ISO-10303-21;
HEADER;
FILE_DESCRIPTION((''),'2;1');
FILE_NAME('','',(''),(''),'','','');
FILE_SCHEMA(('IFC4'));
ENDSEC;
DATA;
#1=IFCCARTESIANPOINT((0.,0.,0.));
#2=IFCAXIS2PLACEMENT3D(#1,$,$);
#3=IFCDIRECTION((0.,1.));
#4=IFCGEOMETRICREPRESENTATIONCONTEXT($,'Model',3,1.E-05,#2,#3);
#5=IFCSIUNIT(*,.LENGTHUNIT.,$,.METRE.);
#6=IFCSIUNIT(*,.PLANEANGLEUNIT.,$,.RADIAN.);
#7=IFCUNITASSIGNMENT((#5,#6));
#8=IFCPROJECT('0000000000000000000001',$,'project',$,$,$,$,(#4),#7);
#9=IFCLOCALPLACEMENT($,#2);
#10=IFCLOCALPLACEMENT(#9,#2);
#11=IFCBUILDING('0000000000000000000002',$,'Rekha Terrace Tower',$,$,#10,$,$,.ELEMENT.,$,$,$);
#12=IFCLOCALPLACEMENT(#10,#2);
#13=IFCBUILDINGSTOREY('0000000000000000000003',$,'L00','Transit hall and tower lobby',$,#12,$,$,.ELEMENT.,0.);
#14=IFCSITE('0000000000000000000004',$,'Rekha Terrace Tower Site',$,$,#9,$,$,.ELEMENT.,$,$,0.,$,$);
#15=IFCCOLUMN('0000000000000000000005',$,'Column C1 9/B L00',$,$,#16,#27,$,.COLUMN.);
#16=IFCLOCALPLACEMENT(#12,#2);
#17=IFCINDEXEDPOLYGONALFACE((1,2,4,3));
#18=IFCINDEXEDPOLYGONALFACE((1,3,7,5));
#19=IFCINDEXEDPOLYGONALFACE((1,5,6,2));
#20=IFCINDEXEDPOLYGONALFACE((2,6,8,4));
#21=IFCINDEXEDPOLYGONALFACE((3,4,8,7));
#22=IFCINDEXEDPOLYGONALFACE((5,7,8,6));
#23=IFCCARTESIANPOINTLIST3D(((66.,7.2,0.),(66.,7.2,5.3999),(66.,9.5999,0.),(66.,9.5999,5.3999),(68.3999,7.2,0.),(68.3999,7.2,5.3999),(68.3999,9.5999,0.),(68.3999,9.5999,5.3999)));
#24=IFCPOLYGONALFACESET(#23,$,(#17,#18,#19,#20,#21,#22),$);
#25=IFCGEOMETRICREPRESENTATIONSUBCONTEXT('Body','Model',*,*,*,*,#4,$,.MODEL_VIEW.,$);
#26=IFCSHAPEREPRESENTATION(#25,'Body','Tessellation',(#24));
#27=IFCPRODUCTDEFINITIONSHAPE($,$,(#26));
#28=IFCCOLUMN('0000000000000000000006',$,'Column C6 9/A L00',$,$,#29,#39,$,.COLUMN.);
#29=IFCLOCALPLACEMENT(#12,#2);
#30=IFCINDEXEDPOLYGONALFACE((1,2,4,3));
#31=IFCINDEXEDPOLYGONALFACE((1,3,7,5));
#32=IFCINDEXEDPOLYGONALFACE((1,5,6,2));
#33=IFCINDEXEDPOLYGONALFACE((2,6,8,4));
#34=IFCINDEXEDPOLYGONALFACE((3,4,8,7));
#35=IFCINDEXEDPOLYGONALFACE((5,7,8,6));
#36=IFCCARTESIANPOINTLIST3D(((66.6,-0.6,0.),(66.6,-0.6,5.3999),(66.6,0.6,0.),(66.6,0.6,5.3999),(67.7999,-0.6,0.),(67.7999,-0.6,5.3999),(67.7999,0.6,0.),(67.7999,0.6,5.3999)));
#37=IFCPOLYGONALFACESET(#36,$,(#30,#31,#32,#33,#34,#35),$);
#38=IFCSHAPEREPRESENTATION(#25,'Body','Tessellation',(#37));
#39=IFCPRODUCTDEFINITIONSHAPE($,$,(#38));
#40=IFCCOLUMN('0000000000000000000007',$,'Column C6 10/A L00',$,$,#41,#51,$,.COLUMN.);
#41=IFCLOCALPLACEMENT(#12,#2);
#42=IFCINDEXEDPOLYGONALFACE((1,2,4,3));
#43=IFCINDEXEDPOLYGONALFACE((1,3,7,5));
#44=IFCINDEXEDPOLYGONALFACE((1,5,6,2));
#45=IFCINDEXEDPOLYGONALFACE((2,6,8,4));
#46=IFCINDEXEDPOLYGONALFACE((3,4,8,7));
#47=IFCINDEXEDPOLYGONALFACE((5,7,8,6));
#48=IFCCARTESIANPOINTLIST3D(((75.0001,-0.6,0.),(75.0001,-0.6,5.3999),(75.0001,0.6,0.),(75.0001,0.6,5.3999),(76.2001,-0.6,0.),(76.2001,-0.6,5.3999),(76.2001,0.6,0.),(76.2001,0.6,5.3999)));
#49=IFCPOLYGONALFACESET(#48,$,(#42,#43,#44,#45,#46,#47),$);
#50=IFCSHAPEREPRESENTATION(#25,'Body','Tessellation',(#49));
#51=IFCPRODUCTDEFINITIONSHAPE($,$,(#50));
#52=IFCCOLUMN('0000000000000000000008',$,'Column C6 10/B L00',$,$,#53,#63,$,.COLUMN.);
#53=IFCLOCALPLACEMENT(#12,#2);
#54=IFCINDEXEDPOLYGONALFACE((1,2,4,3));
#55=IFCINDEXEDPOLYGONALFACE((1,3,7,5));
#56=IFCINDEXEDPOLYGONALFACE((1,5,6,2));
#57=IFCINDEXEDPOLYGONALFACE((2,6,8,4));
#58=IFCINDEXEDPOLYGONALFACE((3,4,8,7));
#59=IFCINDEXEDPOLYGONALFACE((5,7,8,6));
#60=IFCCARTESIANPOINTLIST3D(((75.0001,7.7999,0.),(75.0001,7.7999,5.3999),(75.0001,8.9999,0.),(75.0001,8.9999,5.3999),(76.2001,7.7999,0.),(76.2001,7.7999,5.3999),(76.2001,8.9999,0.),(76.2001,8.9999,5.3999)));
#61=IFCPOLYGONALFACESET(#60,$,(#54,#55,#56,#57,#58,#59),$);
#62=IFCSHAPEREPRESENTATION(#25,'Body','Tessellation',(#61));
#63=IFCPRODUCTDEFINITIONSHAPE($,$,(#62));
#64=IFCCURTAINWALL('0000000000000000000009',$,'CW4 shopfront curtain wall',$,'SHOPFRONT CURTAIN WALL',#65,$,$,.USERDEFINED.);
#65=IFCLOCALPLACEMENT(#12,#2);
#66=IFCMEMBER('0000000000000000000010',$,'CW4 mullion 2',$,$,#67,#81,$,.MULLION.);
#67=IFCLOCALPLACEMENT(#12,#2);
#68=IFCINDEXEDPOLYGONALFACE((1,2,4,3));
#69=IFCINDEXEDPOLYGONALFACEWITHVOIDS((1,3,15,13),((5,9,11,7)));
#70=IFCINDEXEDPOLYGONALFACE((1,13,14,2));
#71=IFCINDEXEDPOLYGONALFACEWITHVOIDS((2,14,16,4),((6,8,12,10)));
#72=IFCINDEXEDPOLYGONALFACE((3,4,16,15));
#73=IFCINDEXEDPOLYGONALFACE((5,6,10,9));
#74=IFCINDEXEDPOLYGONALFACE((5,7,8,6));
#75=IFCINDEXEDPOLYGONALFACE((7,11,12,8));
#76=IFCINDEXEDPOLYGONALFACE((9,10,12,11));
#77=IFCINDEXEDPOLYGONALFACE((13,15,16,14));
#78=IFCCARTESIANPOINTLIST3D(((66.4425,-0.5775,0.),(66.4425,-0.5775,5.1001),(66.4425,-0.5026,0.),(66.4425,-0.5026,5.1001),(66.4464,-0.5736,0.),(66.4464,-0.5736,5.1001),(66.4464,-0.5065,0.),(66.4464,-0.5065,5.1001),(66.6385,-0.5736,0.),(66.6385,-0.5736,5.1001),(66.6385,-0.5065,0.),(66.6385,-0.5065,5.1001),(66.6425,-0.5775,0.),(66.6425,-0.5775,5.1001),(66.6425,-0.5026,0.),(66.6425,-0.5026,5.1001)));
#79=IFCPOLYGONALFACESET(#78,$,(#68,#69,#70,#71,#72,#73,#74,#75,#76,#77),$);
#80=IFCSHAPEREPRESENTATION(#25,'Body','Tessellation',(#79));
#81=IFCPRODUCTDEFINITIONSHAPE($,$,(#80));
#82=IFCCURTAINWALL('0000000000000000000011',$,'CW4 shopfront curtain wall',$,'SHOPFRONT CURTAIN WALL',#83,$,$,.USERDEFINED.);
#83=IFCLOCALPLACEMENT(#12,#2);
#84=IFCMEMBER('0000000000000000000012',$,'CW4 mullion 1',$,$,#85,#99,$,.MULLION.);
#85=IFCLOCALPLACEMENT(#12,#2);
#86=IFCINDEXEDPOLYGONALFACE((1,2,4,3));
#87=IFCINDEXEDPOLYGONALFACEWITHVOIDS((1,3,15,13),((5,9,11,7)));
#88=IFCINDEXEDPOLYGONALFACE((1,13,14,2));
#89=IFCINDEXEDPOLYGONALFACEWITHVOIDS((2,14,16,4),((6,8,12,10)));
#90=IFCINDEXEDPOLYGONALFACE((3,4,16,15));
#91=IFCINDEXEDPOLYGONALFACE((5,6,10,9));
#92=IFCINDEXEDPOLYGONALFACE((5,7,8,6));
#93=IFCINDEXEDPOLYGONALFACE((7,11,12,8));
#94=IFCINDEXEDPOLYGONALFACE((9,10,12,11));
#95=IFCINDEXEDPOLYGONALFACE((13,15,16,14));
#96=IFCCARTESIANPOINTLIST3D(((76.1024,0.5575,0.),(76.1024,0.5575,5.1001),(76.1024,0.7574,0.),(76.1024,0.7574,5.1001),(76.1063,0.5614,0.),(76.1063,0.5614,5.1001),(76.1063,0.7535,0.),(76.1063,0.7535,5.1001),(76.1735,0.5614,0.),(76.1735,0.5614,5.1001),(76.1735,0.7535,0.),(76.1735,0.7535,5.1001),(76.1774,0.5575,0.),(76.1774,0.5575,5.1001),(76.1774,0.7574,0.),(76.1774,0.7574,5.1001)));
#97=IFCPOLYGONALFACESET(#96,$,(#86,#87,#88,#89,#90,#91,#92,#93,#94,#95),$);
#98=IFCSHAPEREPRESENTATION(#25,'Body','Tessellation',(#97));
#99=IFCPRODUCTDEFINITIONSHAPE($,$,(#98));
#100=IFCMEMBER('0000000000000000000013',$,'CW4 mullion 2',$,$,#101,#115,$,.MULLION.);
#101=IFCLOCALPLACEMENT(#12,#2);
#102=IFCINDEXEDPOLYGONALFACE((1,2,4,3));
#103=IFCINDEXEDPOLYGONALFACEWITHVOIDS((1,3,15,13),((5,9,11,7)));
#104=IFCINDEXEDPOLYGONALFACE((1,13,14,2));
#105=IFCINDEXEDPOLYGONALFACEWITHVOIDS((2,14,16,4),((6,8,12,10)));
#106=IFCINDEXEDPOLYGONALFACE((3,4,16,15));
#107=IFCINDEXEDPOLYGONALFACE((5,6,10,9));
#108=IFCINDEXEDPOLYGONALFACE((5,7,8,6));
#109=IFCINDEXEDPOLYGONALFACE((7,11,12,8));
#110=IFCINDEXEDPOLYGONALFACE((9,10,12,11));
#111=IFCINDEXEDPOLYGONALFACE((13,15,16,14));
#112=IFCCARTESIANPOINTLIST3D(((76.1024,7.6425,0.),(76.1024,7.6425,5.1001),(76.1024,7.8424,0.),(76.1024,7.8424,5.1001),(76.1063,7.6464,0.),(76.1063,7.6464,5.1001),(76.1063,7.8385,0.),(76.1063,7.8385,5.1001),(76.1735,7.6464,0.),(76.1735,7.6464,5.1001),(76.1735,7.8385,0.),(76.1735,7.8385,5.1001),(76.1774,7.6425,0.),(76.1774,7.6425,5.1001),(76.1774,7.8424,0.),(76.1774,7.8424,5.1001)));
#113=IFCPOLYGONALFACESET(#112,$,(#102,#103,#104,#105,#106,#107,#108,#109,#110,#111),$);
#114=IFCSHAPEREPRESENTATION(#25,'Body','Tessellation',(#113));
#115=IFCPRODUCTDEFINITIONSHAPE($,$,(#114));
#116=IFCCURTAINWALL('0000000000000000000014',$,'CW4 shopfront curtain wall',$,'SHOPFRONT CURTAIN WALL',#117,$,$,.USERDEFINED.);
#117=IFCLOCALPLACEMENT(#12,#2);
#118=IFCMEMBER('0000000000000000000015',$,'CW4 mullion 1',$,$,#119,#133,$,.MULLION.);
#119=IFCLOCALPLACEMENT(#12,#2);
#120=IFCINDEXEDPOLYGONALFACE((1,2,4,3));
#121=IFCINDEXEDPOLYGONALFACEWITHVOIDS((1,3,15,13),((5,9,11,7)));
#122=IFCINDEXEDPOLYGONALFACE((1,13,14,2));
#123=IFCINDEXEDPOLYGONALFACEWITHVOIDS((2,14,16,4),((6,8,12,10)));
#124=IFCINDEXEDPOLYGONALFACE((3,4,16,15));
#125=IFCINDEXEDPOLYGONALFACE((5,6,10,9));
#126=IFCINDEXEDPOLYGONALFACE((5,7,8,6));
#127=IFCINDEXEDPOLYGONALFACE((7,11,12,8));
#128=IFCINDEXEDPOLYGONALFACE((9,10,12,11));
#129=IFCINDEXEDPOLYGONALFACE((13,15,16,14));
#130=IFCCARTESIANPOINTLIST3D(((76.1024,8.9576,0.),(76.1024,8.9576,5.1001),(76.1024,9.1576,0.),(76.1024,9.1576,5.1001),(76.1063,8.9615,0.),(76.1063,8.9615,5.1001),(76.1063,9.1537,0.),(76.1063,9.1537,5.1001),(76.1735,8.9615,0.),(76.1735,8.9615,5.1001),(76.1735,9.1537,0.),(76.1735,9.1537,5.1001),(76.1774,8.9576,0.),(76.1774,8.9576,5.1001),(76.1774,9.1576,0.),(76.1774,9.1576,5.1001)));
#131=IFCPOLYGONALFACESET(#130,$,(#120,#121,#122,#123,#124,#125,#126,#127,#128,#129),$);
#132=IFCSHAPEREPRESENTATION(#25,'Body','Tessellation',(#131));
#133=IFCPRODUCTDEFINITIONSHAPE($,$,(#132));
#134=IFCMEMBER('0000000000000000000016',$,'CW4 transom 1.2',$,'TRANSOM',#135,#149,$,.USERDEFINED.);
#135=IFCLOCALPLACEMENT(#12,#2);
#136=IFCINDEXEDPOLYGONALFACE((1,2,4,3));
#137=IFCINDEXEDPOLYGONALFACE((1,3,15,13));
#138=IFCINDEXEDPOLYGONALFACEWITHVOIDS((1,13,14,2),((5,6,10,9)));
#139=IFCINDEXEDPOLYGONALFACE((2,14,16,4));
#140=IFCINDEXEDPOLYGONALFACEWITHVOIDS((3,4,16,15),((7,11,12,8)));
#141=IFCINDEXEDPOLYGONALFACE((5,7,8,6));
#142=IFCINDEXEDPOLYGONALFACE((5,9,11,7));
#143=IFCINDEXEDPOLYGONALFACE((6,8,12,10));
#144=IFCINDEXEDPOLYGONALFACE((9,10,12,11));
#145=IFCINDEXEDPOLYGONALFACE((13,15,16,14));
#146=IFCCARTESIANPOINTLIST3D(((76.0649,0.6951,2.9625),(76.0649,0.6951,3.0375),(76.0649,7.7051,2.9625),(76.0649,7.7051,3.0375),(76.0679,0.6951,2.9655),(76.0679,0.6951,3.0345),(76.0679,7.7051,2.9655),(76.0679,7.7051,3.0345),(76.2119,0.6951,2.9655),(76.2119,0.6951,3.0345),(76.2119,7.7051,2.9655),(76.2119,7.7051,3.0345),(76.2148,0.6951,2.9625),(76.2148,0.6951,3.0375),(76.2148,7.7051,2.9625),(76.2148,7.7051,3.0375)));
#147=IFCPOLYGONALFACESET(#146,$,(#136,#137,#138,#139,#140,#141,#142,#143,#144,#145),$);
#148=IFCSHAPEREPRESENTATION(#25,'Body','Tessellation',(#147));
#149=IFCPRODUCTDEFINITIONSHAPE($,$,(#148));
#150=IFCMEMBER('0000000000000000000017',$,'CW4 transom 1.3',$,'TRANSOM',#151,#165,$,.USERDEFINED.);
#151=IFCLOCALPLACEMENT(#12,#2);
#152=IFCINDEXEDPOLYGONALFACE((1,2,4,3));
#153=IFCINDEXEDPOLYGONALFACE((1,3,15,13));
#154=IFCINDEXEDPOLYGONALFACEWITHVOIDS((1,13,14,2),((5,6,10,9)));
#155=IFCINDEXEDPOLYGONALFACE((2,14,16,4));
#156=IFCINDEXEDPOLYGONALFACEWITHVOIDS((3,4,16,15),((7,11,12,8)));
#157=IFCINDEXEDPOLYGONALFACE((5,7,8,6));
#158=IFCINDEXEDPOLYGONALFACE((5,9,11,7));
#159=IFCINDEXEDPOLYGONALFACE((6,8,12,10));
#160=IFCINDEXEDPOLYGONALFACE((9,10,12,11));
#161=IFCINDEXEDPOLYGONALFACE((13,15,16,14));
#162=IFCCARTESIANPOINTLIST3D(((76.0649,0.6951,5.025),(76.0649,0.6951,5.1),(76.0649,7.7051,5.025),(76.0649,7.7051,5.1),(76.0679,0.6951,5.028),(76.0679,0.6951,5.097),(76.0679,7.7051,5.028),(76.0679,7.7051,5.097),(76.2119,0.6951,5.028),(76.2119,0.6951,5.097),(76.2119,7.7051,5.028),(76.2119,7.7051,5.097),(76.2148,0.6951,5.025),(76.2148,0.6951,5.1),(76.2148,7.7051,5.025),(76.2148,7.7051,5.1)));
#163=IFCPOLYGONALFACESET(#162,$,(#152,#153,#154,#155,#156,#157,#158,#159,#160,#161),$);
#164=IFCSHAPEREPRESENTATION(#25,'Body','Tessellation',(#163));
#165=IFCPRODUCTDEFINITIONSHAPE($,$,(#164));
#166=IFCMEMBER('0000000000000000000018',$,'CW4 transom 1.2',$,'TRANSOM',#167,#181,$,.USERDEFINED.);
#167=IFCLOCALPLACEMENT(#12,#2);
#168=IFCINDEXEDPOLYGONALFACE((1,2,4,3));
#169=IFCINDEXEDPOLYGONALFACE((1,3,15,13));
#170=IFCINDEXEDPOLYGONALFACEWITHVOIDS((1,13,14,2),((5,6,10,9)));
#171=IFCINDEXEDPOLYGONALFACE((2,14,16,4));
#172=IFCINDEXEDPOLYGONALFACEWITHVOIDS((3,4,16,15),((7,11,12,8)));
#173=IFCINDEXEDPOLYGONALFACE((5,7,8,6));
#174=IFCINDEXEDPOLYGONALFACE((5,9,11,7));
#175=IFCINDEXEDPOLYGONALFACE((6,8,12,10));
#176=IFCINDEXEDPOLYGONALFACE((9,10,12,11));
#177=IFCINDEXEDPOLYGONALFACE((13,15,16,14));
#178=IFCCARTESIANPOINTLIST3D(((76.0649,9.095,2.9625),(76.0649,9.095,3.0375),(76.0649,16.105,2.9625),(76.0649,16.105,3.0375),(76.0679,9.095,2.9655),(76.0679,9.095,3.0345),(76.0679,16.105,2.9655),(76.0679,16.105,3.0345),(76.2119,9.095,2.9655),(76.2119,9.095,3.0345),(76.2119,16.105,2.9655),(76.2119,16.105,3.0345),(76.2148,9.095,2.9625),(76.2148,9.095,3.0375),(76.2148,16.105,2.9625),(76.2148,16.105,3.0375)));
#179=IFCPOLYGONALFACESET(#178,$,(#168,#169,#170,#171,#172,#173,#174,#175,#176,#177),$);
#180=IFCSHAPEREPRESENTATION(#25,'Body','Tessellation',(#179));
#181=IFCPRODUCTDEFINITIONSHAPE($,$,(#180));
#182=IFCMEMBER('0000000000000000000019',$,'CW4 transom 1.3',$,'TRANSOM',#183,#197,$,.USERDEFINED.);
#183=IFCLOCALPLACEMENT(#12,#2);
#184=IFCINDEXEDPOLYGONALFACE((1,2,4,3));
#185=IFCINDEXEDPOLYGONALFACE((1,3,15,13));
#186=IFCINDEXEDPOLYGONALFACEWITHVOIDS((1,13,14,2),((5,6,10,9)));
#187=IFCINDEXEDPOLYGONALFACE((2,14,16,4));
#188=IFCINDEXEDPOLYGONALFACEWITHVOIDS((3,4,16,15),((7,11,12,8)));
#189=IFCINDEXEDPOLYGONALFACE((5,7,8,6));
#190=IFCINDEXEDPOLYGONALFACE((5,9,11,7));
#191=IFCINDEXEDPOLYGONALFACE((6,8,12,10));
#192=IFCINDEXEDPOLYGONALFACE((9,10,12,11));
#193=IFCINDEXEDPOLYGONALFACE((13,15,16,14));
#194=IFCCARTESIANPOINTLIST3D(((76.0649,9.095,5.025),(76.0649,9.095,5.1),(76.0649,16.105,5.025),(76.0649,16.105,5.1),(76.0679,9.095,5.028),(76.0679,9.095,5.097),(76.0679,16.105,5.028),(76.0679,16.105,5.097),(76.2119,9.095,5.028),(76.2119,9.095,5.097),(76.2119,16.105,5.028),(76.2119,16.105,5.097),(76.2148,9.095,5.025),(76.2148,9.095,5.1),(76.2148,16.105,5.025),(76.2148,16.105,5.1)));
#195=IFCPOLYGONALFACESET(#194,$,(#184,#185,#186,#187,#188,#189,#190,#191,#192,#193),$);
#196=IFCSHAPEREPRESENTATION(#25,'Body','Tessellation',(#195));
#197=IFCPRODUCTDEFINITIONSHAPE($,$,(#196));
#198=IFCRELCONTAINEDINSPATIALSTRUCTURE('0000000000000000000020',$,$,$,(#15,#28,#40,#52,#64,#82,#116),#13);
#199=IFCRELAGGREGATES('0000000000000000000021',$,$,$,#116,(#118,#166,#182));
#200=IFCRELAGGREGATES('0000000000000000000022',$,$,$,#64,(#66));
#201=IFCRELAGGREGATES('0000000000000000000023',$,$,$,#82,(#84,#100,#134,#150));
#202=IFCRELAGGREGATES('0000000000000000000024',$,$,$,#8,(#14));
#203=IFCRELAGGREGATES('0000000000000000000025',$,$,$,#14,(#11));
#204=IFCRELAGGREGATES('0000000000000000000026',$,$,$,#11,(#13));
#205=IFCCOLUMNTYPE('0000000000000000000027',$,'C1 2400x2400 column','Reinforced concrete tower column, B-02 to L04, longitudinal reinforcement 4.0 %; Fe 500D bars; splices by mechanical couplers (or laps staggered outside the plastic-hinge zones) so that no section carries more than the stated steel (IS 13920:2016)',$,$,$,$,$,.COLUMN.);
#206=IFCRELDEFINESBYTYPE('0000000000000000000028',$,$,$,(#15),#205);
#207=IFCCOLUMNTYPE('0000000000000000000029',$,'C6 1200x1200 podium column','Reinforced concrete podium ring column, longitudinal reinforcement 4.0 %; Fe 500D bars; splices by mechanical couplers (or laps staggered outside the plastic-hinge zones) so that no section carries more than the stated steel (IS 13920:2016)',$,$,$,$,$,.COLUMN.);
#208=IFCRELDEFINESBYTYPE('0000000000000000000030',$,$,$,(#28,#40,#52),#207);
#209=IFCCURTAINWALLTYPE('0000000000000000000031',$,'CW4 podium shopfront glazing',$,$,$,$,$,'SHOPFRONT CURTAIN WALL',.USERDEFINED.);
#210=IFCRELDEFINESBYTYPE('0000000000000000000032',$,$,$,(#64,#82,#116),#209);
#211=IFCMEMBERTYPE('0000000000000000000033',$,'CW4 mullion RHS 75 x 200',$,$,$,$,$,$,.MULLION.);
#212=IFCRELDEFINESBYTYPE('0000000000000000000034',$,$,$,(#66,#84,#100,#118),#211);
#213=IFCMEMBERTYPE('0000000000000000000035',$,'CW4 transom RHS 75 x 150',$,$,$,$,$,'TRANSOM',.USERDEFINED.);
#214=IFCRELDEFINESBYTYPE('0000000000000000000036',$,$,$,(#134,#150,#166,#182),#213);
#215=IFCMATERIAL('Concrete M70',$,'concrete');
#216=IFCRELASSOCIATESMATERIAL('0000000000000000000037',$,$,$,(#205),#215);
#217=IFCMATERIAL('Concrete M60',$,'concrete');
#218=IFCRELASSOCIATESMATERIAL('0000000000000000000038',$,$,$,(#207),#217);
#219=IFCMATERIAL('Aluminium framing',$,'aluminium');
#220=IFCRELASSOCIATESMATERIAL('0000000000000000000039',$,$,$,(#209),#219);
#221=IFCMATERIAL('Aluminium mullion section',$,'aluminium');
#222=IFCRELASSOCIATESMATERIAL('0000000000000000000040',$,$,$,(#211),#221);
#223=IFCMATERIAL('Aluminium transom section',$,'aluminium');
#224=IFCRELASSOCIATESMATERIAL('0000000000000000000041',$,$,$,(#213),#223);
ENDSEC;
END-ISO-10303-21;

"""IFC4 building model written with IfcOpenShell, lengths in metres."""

from ifc_helpers import new_model, si_unit, direction, frame, origin, origin_2d, place, context, subcontext, project, spatial, rectangle, hollow_rectangle, extrude, material, material_profile, profile_set, type_object, element, aggregate, save


model = new_model("IFC4")

# Units and contexts
model_context = context("Model", 3, precision=1e-05, world=origin(), true_north=direction((0.0, 1.0)))
body_context = subcontext(model_context, "Body", "Model", "MODEL_VIEW")
ifc_project = project(units=[si_unit("LENGTHUNIT", "METRE"), si_unit("PLANEANGLEUNIT", "RADIAN")], contexts=[model_context])

# Site, building, storey
site_placement = place(None, origin())
site = spatial("IfcSite", under=ifc_project, at=site_placement, Name="Rekha Terrace Tower Site", CompositionType="ELEMENT", RefElevation=0.0)
building_placement = place(site_placement, origin())
building = spatial("IfcBuilding", under=site, at=building_placement, Name="Rekha Terrace Tower", CompositionType="ELEMENT")
storey_placement = place(building_placement, origin())
storey = spatial("IfcBuildingStorey", under=building, at=storey_placement, Name="L00", Description="Transit hall and tower lobby", CompositionType="ELEMENT", Elevation=0.0)

# Columns
ifc_material_1 = material(Name="Concrete M70", Category="concrete")
ifc_material_profile_1 = material_profile(ifc_material_1, rectangle(XDim=2.3999, YDim=2.3999, at=origin_2d()), Name="RC 2400x2400")
ifc_profile_set_1 = profile_set([ifc_material_profile_1], Name="Concrete M70")
column_type_1 = type_object("IfcColumnType", Name="C1 2400x2400 column", Description="Reinforced concrete tower column, B-02 to L04, longitudinal reinforcement 4.0 %; Fe 500D bars; splices by mechanical couplers (or laps staggered outside the plastic-hinge zones) so that no section carries more than the stated steel (IS 13920:2016)", PredefinedType="COLUMN", material=ifc_profile_set_1)
column_placement = place(storey_placement, frame((67.2, 8.3999, 0.0), z_axis=(0.0, 0.0, 1.0), x_axis=(1.0, 0.0, 0.0)))
element("IfcColumn", 1, at=column_placement, inside=storey, type_object=column_type_1, Name="Column C1 9/B L00", PredefinedType="COLUMN", context=body_context, shape_type="SweptSolid", body=[
    extrude(rectangle(XDim=2.3999, YDim=2.3999, at=origin_2d()), origin(), (0.0, 0.0, 1.0), 5.3999),
])
ifc_material_2 = material(Name="Concrete M60", Category="concrete")
ifc_material_profile_2 = material_profile(ifc_material_2, rectangle(XDim=1.2, YDim=1.2, at=origin_2d()), Name="RC 1200x1200")
ifc_profile_set_2 = profile_set([ifc_material_profile_2], Name="Concrete M60")
column_type_2 = type_object("IfcColumnType", Name="C6 1200x1200 podium column", Description="Reinforced concrete podium ring column, longitudinal reinforcement 4.0 %; Fe 500D bars; splices by mechanical couplers (or laps staggered outside the plastic-hinge zones) so that no section carries more than the stated steel (IS 13920:2016)", PredefinedType="COLUMN", material=ifc_profile_set_2)
for number, where, z_axis, x_axis, name in (
    (2, (67.2, 0.0, 0.0), (0.0, 0.0, 1.0), (1.0, 0.0, 0.0), "Column C6 9/A L00"),
    (3, (75.6001, 0.0, 0.0), (0.0, 0.0, 1.0), (1.0, 0.0, 0.0), "Column C6 10/A L00"),
    (4, (75.6001, 8.3999, 0.0), (0.0, 0.0, 1.0), (1.0, 0.0, 0.0), "Column C6 10/B L00"),
):
    element("IfcColumn", number, at=place(storey_placement, frame(where, z_axis=z_axis, x_axis=x_axis)), inside=storey, type_object=column_type_2, Name=name, PredefinedType="COLUMN", context=body_context, shape_type="SweptSolid", body=[
        extrude(rectangle(XDim=1.2, YDim=1.2, at=origin_2d()), origin(), (0.0, 0.0, 1.0), 5.3999),
    ])

# Curtain wall, member
ifc_material_3 = material(Name="Aluminium framing", Category="aluminium")
curtain_wall_type = type_object("IfcCurtainWallType", Name="CW4 podium shopfront glazing", ElementType="SHOPFRONT CURTAIN WALL", PredefinedType="USERDEFINED", material=ifc_material_3)
curtain_wall_1_placement = place(storey_placement, origin())
curtain_wall_1 = element("IfcCurtainWall", 5, at=curtain_wall_1_placement, inside=storey, type_object=curtain_wall_type, Name="CW4 shopfront curtain wall", ObjectType="SHOPFRONT CURTAIN WALL", PredefinedType="USERDEFINED")
ifc_material_4 = material(Name="Aluminium mullion section", Category="aluminium")
ifc_material_profile_3 = material_profile(ifc_material_4, hollow_rectangle(XDim=0.075, YDim=0.2, WallThickness=0.0039, at=origin_2d()), Name="AL RHS 75x200")
ifc_profile_set_3 = profile_set([ifc_material_profile_3], Name="Aluminium mullion section")
member_type_1 = type_object("IfcMemberType", Name="CW4 mullion RHS 75 x 200", PredefinedType="MULLION", material=ifc_profile_set_3)
member_1_placement = place(storey_placement, frame((66.5425, -0.54, 0.0), z_axis=(0.0, 0.0, 1.0), x_axis=(0.0, 1.0, 0.0)))
member_1 = element("IfcMember", 6, at=member_1_placement, type_object=member_type_1, Name="CW4 mullion 2", PredefinedType="MULLION", context=body_context, shape_type="SweptSolid", body=[
    extrude(hollow_rectangle(XDim=0.075, YDim=0.2, WallThickness=0.0039, at=origin_2d()), origin(), (0.0, 0.0, 1.0), 5.1001),
])

# Curtain wall, members
curtain_wall_2_placement = place(storey_placement, origin())
curtain_wall_2 = element("IfcCurtainWall", 7, at=curtain_wall_2_placement, inside=storey, type_object=curtain_wall_type, Name="CW4 shopfront curtain wall", ObjectType="SHOPFRONT CURTAIN WALL", PredefinedType="USERDEFINED")
member_2_placement = place(storey_placement, frame((76.1399, 0.6575, 0.0), z_axis=(0.0, 0.0, 1.0), x_axis=(-1.0, 0.0, 0.0)))
member_2 = element("IfcMember", 8, at=member_2_placement, type_object=member_type_1, Name="CW4 mullion 1", PredefinedType="MULLION", context=body_context, shape_type="SweptSolid", body=[
    extrude(hollow_rectangle(XDim=0.075, YDim=0.2, WallThickness=0.0039, at=origin_2d()), origin(), (0.0, 0.0, 1.0), 5.1001),
])
member_3_placement = place(storey_placement, frame((76.1399, 7.7424, 0.0), z_axis=(0.0, 0.0, 1.0), x_axis=(-1.0, 0.0, 0.0)))
member_3 = element("IfcMember", 9, at=member_3_placement, type_object=member_type_1, Name="CW4 mullion 2", PredefinedType="MULLION", context=body_context, shape_type="SweptSolid", body=[
    extrude(hollow_rectangle(XDim=0.075, YDim=0.2, WallThickness=0.0039, at=origin_2d()), origin(), (0.0, 0.0, 1.0), 5.1001),
])

# Curtain wall, member
curtain_wall_3_placement = place(storey_placement, origin())
curtain_wall_3 = element("IfcCurtainWall", 10, at=curtain_wall_3_placement, inside=storey, type_object=curtain_wall_type, Name="CW4 shopfront curtain wall", ObjectType="SHOPFRONT CURTAIN WALL", PredefinedType="USERDEFINED")
member_4_placement = place(storey_placement, frame((76.1399, 9.0576, 0.0), z_axis=(0.0, 0.0, 1.0), x_axis=(-1.0, 0.0, 0.0)))
member_4 = element("IfcMember", 11, at=member_4_placement, type_object=member_type_1, Name="CW4 mullion 1", PredefinedType="MULLION", context=body_context, shape_type="SweptSolid", body=[
    extrude(hollow_rectangle(XDim=0.075, YDim=0.2, WallThickness=0.0039, at=origin_2d()), origin(), (0.0, 0.0, 1.0), 5.1001),
])

# Members
ifc_material_5 = material(Name="Aluminium transom section", Category="aluminium")
ifc_material_profile_4 = material_profile(ifc_material_5, hollow_rectangle(XDim=0.1499, YDim=0.075, WallThickness=0.0029, at=origin_2d()), Name="AL RHS 150x75")
ifc_profile_set_4 = profile_set([ifc_material_profile_4], Name="Aluminium transom section")
member_type_2 = type_object("IfcMemberType", Name="CW4 transom RHS 75 x 150", ElementType="TRANSOM", PredefinedType="USERDEFINED", material=ifc_profile_set_4)
member_5_placement = place(storey_placement, frame((76.1399, 0.6951, 3.0), z_axis=(0.0, 1.0, 0.0), x_axis=(-1.0, 0.0, 0.0)))
member_5 = element("IfcMember", 12, at=member_5_placement, type_object=member_type_2, Name="CW4 transom 1.2", ObjectType="TRANSOM", PredefinedType="USERDEFINED", context=body_context, shape_type="SweptSolid", body=[
    extrude(hollow_rectangle(XDim=0.1499, YDim=0.075, WallThickness=0.0029, at=origin_2d()), origin(), (0.0, 0.0, 1.0), 7.01),
])
member_6_placement = place(storey_placement, frame((76.1399, 0.6951, 5.0625), z_axis=(0.0, 1.0, 0.0), x_axis=(-1.0, 0.0, 0.0)))
member_6 = element("IfcMember", 13, at=member_6_placement, type_object=member_type_2, Name="CW4 transom 1.3", ObjectType="TRANSOM", PredefinedType="USERDEFINED", context=body_context, shape_type="SweptSolid", body=[
    extrude(hollow_rectangle(XDim=0.1499, YDim=0.075, WallThickness=0.0029, at=origin_2d()), origin(), (0.0, 0.0, 1.0), 7.01),
])
member_7_placement = place(storey_placement, frame((76.1399, 9.095, 3.0), z_axis=(0.0, 1.0, 0.0), x_axis=(-1.0, 0.0, 0.0)))
member_7 = element("IfcMember", 14, at=member_7_placement, type_object=member_type_2, Name="CW4 transom 1.2", ObjectType="TRANSOM", PredefinedType="USERDEFINED", context=body_context, shape_type="SweptSolid", body=[
    extrude(hollow_rectangle(XDim=0.1499, YDim=0.075, WallThickness=0.0029, at=origin_2d()), origin(), (0.0, 0.0, 1.0), 7.01),
])
member_8_placement = place(storey_placement, frame((76.1399, 9.095, 5.0625), z_axis=(0.0, 1.0, 0.0), x_axis=(-1.0, 0.0, 0.0)))
member_8 = element("IfcMember", 15, at=member_8_placement, type_object=member_type_2, Name="CW4 transom 1.3", ObjectType="TRANSOM", PredefinedType="USERDEFINED", context=body_context, shape_type="SweptSolid", body=[
    extrude(hollow_rectangle(XDim=0.1499, YDim=0.075, WallThickness=0.0029, at=origin_2d()), origin(), (0.0, 0.0, 1.0), 7.01),
])
aggregate(curtain_wall_3, [member_4, member_7, member_8])

aggregate(curtain_wall_1, [member_1])
aggregate(curtain_wall_2, [member_2, member_3, member_5, member_6])

save(model, "model.ifc")
